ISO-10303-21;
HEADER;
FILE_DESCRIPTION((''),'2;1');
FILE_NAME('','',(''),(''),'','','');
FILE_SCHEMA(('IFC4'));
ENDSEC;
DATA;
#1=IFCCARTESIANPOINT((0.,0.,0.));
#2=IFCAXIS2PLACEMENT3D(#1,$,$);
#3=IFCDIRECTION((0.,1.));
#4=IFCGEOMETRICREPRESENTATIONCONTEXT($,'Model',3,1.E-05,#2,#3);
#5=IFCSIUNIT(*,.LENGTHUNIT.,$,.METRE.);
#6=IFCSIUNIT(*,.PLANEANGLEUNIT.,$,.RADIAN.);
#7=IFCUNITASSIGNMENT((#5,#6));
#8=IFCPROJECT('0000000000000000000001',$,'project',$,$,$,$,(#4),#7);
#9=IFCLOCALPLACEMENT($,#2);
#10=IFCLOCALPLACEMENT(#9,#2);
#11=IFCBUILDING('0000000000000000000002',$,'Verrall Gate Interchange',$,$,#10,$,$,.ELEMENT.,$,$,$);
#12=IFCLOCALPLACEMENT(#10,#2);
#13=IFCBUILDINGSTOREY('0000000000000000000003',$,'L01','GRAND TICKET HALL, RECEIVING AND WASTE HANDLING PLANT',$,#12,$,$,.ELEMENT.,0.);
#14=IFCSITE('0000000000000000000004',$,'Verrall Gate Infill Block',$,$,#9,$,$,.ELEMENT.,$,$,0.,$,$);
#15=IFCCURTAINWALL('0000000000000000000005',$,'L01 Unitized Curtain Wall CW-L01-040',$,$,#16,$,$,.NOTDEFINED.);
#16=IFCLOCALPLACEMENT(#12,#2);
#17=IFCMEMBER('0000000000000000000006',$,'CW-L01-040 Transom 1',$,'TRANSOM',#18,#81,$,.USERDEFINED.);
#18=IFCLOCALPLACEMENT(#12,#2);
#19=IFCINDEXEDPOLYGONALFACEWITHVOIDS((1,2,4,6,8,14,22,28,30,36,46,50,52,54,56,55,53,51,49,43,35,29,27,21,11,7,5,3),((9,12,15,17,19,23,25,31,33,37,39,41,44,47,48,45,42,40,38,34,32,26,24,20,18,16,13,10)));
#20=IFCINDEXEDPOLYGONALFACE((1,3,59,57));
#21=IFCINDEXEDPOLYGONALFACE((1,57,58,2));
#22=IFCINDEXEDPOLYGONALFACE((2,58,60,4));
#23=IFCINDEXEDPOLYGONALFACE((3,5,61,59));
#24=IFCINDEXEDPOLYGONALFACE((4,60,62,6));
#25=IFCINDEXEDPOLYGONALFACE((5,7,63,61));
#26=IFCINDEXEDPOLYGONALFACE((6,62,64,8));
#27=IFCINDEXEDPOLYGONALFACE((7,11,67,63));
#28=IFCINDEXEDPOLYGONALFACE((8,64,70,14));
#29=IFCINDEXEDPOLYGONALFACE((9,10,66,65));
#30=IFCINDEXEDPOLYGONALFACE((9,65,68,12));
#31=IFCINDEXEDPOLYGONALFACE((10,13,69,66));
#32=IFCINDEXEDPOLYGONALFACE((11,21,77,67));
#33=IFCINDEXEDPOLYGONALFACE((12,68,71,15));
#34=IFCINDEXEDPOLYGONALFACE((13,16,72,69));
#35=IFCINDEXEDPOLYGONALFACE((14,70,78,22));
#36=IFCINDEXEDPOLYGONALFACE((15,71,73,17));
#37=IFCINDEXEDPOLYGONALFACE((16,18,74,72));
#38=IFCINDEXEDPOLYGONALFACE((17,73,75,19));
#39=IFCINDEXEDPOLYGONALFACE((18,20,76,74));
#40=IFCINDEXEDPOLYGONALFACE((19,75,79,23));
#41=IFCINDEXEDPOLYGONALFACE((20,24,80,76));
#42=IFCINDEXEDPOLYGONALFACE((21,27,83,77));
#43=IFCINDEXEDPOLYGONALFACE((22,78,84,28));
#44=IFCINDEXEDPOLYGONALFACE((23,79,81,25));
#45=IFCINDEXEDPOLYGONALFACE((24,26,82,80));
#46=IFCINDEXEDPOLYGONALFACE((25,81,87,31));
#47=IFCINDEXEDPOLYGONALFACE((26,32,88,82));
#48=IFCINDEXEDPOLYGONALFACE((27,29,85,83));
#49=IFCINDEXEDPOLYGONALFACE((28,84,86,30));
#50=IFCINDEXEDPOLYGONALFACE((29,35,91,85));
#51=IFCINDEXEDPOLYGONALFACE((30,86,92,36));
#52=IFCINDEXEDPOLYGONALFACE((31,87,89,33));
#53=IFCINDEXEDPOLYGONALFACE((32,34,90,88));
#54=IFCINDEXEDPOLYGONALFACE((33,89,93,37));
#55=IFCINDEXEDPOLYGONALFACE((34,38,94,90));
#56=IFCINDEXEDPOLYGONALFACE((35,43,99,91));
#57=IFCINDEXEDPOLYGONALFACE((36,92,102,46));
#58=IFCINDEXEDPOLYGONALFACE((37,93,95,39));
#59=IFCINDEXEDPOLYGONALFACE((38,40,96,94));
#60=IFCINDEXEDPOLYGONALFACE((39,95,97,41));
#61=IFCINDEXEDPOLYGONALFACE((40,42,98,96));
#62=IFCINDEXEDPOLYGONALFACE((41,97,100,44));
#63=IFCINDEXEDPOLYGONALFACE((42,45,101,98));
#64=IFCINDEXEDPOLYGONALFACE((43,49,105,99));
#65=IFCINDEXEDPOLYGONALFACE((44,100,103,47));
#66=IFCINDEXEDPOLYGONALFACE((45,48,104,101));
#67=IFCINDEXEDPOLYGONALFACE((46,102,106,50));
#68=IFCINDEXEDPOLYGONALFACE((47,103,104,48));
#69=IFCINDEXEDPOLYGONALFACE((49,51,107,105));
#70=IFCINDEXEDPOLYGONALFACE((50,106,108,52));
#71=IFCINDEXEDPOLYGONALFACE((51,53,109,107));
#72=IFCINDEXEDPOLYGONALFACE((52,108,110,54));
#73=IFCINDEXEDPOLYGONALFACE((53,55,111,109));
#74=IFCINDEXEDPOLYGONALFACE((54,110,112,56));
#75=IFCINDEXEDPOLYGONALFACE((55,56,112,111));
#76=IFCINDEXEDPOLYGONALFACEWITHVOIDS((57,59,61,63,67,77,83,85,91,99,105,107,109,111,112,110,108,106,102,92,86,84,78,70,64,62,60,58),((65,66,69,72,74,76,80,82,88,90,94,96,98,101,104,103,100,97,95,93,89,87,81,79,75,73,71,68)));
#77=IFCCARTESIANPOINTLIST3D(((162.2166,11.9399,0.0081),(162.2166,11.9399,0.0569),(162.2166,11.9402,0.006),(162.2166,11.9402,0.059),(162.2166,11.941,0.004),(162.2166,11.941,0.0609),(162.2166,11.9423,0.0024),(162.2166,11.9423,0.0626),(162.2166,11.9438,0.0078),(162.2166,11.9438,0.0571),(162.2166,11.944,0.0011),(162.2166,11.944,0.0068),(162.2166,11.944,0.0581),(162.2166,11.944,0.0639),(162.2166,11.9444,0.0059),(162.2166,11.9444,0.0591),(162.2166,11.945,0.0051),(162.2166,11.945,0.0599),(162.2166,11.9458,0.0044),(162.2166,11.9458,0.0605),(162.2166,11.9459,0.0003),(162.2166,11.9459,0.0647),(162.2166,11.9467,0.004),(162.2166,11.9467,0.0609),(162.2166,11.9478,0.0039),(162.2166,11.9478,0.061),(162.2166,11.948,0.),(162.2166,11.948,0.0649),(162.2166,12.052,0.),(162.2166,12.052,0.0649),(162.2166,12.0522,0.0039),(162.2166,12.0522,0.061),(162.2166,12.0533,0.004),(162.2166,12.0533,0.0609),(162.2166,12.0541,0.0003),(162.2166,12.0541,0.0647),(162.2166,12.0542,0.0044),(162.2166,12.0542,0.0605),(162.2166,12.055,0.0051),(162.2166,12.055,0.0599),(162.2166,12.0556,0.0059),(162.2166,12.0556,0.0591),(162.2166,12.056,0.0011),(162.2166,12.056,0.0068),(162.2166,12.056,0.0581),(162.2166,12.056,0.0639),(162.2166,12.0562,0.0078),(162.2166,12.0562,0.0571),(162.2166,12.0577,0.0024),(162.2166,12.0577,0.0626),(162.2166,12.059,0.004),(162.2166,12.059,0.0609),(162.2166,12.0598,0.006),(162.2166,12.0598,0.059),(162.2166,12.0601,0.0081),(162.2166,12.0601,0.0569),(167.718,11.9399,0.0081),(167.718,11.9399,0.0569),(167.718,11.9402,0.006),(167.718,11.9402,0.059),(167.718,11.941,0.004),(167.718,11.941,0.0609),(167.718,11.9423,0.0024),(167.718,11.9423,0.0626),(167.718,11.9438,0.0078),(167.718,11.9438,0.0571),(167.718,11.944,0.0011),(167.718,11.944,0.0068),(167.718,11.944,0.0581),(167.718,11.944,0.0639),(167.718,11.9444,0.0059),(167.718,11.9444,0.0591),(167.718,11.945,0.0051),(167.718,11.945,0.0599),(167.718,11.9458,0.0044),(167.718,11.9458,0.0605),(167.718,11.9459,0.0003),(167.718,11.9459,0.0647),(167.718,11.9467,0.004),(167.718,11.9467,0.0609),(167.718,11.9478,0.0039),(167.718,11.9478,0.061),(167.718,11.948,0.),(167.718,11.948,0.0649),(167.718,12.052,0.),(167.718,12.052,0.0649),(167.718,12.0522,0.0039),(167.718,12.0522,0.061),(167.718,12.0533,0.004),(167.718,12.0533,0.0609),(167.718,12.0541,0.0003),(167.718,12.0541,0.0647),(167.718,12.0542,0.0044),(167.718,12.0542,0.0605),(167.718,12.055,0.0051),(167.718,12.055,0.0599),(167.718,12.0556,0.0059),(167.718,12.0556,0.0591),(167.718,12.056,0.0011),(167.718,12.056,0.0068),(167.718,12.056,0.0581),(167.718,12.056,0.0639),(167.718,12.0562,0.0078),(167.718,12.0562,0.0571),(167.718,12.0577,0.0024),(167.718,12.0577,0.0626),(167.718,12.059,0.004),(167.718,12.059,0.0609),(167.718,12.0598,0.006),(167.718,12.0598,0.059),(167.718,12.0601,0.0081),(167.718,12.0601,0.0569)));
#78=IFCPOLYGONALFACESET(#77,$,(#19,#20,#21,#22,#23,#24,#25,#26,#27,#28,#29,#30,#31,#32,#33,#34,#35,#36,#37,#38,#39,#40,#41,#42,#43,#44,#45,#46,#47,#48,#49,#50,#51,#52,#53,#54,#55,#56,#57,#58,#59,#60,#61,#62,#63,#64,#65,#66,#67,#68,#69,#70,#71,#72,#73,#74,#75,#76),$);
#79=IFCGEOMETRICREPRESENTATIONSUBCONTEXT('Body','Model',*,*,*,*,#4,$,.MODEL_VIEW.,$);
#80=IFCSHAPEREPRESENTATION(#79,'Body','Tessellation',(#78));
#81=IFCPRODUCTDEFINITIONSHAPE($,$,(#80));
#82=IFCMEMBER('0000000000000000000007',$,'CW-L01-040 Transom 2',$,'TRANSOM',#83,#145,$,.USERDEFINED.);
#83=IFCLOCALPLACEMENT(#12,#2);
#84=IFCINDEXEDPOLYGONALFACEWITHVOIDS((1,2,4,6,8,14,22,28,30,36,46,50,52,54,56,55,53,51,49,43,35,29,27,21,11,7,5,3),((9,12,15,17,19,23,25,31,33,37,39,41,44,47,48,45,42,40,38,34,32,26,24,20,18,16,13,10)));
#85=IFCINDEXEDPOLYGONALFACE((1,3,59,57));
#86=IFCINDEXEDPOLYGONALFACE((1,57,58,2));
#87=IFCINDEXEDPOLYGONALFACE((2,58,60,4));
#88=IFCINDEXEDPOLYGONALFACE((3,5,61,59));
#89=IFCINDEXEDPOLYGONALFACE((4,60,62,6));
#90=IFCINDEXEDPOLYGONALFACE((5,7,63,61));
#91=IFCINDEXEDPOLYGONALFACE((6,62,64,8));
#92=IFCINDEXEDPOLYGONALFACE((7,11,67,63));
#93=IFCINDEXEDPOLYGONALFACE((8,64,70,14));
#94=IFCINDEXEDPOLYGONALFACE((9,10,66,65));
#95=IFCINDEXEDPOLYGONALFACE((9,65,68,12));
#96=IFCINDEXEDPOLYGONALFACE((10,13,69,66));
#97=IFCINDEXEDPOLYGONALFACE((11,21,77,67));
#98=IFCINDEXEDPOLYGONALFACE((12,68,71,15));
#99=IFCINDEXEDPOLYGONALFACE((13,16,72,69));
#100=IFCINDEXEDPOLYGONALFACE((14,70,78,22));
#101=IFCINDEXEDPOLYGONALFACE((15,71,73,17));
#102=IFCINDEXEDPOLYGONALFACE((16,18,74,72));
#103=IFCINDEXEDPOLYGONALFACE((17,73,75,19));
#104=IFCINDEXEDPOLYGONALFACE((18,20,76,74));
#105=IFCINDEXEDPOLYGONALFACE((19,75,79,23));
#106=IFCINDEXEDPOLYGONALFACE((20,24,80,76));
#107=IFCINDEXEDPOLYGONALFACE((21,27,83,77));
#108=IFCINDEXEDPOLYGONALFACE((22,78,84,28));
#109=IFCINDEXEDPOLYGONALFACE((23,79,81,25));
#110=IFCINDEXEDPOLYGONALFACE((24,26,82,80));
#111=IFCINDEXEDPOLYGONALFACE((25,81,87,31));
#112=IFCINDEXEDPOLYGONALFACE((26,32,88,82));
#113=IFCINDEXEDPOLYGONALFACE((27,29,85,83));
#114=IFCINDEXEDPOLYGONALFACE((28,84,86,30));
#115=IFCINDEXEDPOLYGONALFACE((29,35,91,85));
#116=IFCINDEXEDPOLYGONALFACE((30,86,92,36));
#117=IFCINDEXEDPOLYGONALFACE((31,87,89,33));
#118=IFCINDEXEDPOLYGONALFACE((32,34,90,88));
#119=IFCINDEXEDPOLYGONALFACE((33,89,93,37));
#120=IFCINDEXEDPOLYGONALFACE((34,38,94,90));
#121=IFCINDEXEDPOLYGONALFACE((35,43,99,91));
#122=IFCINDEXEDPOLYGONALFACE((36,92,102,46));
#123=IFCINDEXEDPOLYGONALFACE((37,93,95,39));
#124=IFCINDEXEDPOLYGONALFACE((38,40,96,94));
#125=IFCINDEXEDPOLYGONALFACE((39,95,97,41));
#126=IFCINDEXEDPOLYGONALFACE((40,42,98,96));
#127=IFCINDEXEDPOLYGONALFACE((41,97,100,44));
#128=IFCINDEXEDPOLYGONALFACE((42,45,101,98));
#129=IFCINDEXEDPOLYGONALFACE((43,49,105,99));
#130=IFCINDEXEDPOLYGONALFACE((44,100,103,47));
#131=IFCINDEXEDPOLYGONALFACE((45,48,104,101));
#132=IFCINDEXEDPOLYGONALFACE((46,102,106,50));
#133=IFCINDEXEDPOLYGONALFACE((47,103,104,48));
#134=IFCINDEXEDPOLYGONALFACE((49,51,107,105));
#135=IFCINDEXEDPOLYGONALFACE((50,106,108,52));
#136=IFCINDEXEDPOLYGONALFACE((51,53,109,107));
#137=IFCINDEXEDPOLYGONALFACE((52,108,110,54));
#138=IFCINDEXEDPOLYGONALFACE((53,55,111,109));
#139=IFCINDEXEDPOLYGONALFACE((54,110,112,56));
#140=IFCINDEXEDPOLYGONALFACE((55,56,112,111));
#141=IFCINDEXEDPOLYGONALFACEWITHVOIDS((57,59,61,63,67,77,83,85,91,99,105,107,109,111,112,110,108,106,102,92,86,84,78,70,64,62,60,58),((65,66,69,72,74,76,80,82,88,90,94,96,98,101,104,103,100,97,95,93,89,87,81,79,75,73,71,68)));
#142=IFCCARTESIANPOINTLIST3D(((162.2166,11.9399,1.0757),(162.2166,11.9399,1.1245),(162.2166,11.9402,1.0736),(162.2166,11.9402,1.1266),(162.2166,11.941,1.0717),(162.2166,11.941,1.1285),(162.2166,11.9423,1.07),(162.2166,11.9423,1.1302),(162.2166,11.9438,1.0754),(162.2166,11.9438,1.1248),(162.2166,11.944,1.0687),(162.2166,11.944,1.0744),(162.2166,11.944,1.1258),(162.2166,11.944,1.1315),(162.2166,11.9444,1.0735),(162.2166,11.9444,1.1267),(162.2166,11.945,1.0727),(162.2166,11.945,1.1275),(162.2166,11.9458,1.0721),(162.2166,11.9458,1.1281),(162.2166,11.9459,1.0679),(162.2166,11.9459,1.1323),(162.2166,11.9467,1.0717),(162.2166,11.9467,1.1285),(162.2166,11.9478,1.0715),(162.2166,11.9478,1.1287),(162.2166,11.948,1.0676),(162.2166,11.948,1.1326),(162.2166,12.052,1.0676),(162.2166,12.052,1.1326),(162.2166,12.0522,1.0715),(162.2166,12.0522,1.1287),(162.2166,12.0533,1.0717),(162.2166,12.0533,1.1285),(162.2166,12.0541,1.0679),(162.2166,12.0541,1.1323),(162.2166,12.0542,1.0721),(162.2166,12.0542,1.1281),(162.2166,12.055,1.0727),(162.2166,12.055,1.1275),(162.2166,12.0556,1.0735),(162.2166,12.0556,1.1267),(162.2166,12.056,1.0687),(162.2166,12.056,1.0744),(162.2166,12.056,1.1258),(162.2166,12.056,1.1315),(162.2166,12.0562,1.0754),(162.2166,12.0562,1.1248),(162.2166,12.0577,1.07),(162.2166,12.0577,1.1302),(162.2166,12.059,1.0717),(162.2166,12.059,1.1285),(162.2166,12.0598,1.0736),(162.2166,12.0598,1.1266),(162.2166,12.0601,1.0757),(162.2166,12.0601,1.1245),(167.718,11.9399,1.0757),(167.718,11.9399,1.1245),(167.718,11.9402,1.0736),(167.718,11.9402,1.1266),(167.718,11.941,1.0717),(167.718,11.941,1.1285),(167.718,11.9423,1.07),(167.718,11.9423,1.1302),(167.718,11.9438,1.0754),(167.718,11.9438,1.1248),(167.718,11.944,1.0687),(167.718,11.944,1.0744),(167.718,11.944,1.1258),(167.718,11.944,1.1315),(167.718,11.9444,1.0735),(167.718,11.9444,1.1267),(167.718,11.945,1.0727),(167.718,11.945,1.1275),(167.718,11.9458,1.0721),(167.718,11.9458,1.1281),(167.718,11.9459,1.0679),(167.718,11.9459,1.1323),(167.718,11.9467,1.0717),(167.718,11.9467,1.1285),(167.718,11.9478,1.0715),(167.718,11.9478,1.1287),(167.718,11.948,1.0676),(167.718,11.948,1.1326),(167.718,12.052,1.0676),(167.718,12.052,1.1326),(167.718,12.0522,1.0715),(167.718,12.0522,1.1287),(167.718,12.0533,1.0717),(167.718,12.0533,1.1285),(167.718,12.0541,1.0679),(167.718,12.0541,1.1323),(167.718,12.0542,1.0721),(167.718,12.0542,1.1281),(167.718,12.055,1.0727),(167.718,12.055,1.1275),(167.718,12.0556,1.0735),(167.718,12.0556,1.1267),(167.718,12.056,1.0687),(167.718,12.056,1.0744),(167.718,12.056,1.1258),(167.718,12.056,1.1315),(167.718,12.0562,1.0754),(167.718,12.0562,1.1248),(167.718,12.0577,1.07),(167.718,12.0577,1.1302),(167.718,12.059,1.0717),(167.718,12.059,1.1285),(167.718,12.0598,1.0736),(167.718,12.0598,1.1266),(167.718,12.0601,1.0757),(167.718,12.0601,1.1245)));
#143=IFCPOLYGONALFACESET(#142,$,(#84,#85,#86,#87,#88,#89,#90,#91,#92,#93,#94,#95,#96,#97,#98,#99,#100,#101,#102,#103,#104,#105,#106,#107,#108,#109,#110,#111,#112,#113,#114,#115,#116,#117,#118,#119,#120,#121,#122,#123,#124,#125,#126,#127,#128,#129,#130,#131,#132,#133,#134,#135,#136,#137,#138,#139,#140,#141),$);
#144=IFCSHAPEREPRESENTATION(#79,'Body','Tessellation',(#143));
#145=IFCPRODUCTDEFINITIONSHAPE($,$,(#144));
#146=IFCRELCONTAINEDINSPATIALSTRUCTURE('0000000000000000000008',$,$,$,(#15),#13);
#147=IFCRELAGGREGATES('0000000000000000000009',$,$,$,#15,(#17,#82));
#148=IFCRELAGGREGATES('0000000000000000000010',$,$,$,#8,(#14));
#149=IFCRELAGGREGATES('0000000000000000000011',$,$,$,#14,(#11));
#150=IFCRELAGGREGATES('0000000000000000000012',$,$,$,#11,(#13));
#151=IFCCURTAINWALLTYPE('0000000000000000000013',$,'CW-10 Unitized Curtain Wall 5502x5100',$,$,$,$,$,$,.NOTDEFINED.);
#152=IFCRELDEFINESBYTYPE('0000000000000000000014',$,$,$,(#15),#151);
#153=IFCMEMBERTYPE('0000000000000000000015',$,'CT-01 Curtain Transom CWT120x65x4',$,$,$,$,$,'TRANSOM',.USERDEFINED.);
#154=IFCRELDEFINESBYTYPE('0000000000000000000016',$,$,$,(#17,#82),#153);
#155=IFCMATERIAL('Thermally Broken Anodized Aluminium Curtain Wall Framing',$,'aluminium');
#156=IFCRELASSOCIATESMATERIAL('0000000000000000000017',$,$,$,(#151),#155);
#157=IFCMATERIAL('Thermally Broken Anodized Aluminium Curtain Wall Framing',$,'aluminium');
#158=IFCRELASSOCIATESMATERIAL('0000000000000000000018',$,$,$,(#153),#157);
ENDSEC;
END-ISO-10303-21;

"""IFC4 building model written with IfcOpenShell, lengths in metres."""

from ifc_helpers import new_model, si_unit, direction, frame, origin, origin_2d, place, context, subcontext, project, spatial, hollow_rectangle, extrude, material, material_profile, profile_set, type_object, element, aggregate, save


model = new_model("IFC4")

# Units and contexts
model_context = context("Model", 3, precision=1e-05, world=origin(), true_north=direction((0.0, 1.0)))
body_context = subcontext(model_context, "Body", "Model", "MODEL_VIEW")
ifc_project = project(units=[si_unit("LENGTHUNIT", "METRE"), si_unit("PLANEANGLEUNIT", "RADIAN")], contexts=[model_context])

# Site, building, storey
site_placement = place(None, origin())
site = spatial("IfcSite", under=ifc_project, at=site_placement, Name="Verrall Gate Infill Block", CompositionType="ELEMENT", RefElevation=0.0)
building_placement = place(site_placement, origin())
building = spatial("IfcBuilding", under=site, at=building_placement, Name="Verrall Gate Interchange", CompositionType="ELEMENT")
storey_placement = place(building_placement, origin())
storey = spatial("IfcBuildingStorey", under=building, at=storey_placement, Name="L01", Description="GRAND TICKET HALL, RECEIVING AND WASTE HANDLING PLANT", CompositionType="ELEMENT", Elevation=0.0)

# Curtain wall
ifc_material_1 = material(Name="Thermally Broken Anodized Aluminium Curtain Wall Framing", Category="aluminium")
curtain_wall_type_1 = type_object("IfcCurtainWallType", Name="CW-10 Unitized Curtain Wall 5502x5100", PredefinedType="NOTDEFINED", material=ifc_material_1)
curtain_wall_1_placement = place(storey_placement, origin())
curtain_wall_1 = element("IfcCurtainWall", 1, at=curtain_wall_1_placement, inside=storey, type_object=curtain_wall_type_1, Name="L01 Unitized Curtain Wall CW-L01-040", PredefinedType="NOTDEFINED")

# Members
ifc_material_2 = material(Name="Thermally Broken Anodized Aluminium Curtain Wall Framing", Category="aluminium")
ifc_material_profile_1 = material_profile(ifc_material_2, hollow_rectangle(XDim=0.1201, YDim=0.0649, WallThickness=0.0039, InnerFilletRadius=0.0039, OuterFilletRadius=0.0081, at=origin_2d()), Name="CWT120x65x4")
ifc_profile_set_1 = profile_set([ifc_material_profile_1], Name="Thermally Broken Anodized Aluminium Curtain Wall Framing")
member_type_1 = type_object("IfcMemberType", Name="CT-01 Curtain Transom CWT120x65x4", ElementType="TRANSOM", PredefinedType="USERDEFINED", material=ifc_profile_set_1)
member_1_placement = place(storey_placement, frame((162.2166, 12.0, 0.0325), z_axis=(1.0, 0.0, 0.0), x_axis=(0.0, 1.0, 0.0)))
member_1 = element("IfcMember", 2, at=member_1_placement, type_object=member_type_1, Name="CW-L01-040 Transom 1", ObjectType="TRANSOM", PredefinedType="USERDEFINED", context=body_context, shape_type="SweptSolid", body=[
    extrude(hollow_rectangle(XDim=0.1201, YDim=0.0649, WallThickness=0.0039, InnerFilletRadius=0.0039, OuterFilletRadius=0.0081, at=origin_2d()), origin(), (0.0, 0.0, 1.0), 5.5015),
])
member_2_placement = place(storey_placement, frame((162.2166, 12.0, 1.1001), z_axis=(1.0, 0.0, 0.0), x_axis=(0.0, 1.0, 0.0)))
member_2 = element("IfcMember", 3, at=member_2_placement, type_object=member_type_1, Name="CW-L01-040 Transom 2", ObjectType="TRANSOM", PredefinedType="USERDEFINED", context=body_context, shape_type="SweptSolid", body=[
    extrude(hollow_rectangle(XDim=0.1201, YDim=0.0649, WallThickness=0.0039, InnerFilletRadius=0.0039, OuterFilletRadius=0.0081, at=origin_2d()), origin(), (0.0, 0.0, 1.0), 5.5015),
])

aggregate(curtain_wall_1, [member_1, member_2])

save(model, "model.ifc")
